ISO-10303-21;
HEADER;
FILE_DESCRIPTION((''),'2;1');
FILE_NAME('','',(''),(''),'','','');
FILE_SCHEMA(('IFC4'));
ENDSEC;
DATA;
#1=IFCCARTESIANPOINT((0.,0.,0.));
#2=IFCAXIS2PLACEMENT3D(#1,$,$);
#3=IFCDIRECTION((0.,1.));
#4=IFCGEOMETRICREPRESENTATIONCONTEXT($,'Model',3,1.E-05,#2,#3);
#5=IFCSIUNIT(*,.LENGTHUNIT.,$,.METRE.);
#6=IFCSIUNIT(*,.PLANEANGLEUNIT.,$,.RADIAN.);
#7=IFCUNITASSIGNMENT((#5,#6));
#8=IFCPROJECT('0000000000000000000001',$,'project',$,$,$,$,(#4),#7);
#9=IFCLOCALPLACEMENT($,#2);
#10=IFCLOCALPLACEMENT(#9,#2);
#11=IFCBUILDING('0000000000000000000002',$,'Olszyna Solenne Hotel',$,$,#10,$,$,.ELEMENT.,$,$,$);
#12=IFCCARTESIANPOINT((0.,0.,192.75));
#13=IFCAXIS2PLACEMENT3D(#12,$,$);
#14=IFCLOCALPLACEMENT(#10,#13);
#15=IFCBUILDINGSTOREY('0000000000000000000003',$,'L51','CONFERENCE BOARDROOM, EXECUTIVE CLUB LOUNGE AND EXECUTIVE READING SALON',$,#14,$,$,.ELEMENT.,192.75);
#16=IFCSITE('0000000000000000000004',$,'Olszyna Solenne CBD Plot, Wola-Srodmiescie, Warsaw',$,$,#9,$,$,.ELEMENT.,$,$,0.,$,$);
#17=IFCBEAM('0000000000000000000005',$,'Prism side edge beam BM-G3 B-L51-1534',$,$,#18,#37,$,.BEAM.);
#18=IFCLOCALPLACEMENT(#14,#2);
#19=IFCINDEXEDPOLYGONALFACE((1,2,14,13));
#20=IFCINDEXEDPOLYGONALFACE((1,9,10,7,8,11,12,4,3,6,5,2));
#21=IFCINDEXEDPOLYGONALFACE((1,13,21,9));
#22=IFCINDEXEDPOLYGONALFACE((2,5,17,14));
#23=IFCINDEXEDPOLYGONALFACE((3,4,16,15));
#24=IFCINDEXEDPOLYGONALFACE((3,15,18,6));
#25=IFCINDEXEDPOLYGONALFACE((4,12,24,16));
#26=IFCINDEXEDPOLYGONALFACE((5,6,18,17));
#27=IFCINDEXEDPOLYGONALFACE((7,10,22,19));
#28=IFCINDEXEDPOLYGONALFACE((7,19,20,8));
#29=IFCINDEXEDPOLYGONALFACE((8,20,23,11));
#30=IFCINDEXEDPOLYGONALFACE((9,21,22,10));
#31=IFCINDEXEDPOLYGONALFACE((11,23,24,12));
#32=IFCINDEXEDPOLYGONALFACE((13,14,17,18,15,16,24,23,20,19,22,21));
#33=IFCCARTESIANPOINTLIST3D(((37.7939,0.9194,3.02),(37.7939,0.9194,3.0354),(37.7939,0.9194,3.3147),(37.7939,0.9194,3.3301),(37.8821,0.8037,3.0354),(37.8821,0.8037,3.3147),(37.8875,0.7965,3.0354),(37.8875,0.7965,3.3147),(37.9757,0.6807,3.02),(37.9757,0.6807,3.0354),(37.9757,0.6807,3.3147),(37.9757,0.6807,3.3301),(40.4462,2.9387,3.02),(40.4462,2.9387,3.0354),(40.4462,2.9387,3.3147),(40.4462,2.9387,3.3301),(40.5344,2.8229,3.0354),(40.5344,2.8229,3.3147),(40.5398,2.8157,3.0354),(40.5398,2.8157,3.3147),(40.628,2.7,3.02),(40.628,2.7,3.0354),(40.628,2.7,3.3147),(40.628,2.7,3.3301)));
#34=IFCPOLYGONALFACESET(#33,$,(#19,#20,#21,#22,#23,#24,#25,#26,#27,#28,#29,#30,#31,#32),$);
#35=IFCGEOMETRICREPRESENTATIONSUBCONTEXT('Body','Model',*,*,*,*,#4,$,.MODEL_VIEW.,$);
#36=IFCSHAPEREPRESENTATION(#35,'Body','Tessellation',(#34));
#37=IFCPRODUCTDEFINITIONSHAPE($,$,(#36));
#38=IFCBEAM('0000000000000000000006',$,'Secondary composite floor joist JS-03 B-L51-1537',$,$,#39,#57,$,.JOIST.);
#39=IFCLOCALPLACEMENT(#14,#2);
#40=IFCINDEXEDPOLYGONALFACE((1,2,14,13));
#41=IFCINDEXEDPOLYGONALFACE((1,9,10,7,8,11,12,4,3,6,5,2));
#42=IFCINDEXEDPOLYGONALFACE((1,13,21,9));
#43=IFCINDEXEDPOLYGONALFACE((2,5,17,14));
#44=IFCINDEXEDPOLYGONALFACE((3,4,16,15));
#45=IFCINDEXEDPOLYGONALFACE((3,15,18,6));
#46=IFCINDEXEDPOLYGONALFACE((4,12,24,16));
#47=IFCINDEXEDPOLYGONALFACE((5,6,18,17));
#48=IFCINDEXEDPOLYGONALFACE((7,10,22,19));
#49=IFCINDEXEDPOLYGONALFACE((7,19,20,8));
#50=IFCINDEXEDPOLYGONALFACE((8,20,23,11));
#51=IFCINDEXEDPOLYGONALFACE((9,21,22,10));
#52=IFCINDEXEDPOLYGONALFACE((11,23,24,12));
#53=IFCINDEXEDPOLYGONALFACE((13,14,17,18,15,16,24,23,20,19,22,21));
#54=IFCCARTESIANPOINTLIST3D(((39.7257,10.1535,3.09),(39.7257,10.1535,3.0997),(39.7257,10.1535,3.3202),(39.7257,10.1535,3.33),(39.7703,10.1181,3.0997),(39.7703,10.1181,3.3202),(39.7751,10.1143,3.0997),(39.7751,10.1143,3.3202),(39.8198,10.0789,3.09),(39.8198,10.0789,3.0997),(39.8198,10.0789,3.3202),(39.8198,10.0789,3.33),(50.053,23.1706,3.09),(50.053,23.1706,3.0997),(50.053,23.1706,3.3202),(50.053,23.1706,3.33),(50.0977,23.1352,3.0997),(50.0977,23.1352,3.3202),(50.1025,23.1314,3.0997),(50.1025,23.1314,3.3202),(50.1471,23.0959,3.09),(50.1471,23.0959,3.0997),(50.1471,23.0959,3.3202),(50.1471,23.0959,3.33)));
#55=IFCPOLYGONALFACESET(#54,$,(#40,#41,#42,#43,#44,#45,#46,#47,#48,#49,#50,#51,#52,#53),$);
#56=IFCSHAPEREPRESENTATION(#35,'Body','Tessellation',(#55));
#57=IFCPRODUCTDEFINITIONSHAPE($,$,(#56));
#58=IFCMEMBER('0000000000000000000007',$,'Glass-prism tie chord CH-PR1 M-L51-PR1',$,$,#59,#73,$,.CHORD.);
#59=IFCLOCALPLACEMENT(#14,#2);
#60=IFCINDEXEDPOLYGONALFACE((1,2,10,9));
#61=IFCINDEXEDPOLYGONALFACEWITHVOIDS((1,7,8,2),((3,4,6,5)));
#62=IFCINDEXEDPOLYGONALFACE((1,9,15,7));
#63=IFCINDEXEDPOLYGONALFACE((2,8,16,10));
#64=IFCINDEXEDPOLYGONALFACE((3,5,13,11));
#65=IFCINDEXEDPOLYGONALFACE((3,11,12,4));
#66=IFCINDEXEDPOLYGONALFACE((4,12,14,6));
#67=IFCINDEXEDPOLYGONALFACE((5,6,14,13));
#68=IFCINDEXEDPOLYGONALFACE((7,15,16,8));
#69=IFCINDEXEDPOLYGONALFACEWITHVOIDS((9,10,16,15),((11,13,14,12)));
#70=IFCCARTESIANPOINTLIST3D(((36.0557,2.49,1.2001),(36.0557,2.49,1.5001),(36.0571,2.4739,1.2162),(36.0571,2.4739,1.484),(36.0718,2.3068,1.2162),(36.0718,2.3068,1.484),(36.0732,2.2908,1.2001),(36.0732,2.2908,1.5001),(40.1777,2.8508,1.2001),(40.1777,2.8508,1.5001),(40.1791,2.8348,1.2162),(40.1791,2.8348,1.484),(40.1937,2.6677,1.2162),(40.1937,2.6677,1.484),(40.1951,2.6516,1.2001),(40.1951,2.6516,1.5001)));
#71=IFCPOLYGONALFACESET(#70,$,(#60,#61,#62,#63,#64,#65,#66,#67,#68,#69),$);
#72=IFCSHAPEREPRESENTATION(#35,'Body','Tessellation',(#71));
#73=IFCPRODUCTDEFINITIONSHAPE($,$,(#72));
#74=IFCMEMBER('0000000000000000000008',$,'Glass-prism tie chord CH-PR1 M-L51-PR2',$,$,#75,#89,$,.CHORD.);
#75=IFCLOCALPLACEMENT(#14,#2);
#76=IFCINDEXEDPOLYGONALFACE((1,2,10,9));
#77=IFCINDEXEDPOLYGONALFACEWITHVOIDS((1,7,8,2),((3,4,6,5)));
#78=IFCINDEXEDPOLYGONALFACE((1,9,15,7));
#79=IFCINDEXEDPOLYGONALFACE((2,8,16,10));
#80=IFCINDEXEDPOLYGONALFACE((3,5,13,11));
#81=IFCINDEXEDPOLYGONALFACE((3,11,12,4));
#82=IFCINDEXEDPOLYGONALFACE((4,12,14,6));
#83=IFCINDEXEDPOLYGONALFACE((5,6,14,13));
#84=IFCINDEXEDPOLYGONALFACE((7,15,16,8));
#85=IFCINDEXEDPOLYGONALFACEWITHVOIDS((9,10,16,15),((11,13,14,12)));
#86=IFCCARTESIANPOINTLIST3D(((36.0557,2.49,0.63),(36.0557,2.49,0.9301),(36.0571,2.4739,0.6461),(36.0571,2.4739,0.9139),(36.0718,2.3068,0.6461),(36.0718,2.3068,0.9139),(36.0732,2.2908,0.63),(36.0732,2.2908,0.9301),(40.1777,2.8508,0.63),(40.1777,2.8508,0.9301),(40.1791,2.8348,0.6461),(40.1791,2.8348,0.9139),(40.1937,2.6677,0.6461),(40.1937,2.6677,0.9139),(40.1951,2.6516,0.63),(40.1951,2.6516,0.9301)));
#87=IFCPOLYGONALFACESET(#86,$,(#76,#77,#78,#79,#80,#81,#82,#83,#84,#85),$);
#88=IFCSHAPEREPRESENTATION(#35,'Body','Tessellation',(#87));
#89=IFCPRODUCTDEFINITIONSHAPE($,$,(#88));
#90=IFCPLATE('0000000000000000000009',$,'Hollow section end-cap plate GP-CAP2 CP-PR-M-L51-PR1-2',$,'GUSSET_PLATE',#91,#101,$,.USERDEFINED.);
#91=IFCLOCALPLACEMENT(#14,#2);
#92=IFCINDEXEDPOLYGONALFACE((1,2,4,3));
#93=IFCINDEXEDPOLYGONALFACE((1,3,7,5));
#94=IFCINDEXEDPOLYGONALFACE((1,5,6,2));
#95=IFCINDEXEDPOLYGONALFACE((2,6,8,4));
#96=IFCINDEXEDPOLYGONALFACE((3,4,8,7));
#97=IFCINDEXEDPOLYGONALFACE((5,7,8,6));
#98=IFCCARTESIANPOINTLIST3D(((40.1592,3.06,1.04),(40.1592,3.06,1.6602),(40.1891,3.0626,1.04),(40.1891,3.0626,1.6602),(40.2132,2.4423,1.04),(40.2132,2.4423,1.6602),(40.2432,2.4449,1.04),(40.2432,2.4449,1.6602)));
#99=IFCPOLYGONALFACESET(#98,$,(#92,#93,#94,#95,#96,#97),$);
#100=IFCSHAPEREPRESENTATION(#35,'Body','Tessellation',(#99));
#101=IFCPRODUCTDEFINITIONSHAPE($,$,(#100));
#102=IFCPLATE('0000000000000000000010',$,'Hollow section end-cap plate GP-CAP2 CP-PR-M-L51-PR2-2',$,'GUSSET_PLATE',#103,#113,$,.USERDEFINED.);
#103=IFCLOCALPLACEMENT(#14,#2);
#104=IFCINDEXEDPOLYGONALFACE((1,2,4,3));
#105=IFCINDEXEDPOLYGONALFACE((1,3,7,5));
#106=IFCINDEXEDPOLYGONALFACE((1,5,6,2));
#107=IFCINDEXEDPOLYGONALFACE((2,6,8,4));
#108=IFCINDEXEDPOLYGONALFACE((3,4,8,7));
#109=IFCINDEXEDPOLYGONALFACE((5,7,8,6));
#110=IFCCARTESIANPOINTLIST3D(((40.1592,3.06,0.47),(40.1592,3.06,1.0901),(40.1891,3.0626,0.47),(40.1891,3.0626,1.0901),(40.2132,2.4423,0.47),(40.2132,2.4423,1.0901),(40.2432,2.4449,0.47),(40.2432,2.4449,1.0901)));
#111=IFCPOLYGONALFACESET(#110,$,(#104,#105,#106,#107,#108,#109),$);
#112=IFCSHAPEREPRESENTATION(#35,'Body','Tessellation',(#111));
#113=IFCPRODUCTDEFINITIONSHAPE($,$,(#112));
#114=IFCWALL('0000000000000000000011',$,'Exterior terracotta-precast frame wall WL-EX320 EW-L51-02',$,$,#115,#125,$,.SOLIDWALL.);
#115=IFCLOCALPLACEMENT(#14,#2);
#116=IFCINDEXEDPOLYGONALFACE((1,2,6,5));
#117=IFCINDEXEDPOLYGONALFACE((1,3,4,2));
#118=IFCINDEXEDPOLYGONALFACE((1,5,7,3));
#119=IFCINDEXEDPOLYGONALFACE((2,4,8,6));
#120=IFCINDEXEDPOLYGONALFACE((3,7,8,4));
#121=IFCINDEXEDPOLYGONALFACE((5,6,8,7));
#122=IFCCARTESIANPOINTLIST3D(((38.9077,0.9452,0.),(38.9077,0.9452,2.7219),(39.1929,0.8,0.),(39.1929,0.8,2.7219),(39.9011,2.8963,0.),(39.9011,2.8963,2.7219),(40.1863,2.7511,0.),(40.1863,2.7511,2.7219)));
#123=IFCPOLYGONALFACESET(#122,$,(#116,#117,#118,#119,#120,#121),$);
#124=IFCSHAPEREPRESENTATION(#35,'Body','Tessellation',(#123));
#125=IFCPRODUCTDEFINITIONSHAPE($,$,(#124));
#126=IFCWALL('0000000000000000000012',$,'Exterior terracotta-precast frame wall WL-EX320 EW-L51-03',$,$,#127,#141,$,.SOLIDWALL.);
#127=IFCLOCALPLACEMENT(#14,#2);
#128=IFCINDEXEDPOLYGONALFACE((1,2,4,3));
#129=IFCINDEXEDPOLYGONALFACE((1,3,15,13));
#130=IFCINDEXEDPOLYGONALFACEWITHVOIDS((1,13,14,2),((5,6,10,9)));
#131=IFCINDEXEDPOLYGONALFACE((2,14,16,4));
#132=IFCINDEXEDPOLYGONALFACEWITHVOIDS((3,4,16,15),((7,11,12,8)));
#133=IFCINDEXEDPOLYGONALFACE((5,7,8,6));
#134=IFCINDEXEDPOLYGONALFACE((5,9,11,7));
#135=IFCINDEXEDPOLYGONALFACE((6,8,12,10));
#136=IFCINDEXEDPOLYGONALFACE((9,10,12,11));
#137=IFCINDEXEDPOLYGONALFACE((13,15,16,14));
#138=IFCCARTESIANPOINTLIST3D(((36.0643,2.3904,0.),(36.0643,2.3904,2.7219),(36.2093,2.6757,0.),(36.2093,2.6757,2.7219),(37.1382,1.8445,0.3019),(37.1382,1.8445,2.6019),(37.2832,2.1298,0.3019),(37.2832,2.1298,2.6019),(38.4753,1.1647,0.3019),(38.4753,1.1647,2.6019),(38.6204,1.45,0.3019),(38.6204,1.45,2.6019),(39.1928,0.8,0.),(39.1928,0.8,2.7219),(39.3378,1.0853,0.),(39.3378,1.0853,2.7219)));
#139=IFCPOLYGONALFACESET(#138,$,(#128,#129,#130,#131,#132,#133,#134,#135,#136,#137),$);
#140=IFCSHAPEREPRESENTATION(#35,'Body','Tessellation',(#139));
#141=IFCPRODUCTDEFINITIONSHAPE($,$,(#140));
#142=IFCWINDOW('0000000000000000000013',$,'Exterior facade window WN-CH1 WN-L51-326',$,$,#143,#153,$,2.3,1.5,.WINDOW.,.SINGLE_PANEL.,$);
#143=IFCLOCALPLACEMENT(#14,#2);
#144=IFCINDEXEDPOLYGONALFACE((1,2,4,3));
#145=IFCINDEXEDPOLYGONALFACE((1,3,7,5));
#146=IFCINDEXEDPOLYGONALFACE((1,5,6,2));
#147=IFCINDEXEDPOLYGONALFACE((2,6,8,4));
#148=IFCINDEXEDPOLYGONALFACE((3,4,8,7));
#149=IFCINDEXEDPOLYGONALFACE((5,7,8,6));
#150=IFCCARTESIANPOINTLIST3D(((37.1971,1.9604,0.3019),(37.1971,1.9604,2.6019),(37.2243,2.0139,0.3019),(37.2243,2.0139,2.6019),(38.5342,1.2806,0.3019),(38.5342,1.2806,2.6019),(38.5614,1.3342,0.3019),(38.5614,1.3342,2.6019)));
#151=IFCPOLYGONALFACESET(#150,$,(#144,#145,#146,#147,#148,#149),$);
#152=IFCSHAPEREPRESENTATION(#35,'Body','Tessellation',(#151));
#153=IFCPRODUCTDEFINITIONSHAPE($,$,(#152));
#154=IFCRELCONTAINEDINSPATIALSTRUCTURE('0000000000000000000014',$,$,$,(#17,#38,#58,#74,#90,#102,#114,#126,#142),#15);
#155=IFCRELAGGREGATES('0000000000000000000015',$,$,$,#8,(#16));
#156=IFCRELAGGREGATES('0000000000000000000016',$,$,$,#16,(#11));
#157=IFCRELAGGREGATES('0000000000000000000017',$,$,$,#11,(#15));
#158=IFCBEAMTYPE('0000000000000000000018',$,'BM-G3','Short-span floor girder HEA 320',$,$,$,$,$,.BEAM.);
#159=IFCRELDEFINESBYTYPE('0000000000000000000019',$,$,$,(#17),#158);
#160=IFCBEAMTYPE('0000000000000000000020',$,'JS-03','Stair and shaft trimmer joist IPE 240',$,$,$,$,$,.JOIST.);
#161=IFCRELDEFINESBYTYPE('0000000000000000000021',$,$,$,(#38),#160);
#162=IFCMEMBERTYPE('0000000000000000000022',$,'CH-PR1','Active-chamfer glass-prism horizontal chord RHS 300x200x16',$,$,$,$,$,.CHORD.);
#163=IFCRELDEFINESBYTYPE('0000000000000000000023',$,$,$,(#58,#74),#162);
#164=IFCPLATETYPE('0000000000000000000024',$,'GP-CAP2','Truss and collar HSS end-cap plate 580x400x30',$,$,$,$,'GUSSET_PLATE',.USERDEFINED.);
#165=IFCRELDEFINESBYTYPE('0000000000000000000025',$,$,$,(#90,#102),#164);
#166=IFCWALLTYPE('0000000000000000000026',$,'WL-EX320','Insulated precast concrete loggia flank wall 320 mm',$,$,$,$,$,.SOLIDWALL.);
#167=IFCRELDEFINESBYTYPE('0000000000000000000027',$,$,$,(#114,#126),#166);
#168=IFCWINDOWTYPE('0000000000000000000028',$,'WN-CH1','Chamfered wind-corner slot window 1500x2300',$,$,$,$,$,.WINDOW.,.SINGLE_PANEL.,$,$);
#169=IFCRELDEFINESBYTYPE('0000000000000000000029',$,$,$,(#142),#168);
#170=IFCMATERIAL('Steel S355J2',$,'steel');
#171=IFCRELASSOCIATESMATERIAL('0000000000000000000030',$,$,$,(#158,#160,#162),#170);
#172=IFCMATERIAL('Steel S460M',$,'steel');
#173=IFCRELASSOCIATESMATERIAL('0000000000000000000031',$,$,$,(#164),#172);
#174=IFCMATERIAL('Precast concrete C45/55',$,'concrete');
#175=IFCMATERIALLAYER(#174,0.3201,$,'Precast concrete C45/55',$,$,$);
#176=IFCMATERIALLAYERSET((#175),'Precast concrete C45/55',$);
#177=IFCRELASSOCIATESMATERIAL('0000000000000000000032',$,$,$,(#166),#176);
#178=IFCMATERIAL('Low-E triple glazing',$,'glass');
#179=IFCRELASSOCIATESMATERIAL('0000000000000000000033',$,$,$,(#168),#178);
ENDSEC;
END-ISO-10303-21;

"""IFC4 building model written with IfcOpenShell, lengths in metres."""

from ifc_helpers import new_model, si_unit, direction, frame, frame_2d, origin, origin_2d, place, context, subcontext, project, spatial, rectangle, hollow_rectangle, i_section, extrude, source, transform, mapped, material, layer, layer_set, material_profile, profile_set, type_object, type_shapes, element, fill, save


model = new_model("IFC4")

# Units and contexts
model_context = context("Model", 3, precision=1e-05, world=origin(), true_north=direction((0.0, 1.0)))
body_context = subcontext(model_context, "Body", "Model", "MODEL_VIEW")
ifc_project = project(units=[si_unit("LENGTHUNIT", "METRE"), si_unit("PLANEANGLEUNIT", "RADIAN")], contexts=[model_context])

# Site, building, storey
site_placement = place(None, origin())
site = spatial("IfcSite", under=ifc_project, at=site_placement, Name="Olszyna Solenne CBD Plot, Wola-Srodmiescie, Warsaw", CompositionType="ELEMENT", RefElevation=0.0)
building_placement = place(site_placement, origin())
building = spatial("IfcBuilding", under=site, at=building_placement, Name="Olszyna Solenne Hotel", CompositionType="ELEMENT")
storey_placement = place(building_placement, frame((0.0, 0.0, 192.75)))
storey = spatial("IfcBuildingStorey", under=building, at=storey_placement, Name="L51", Description="CONFERENCE BOARDROOM, EXECUTIVE CLUB LOUNGE AND EXECUTIVE READING SALON", CompositionType="ELEMENT", Elevation=192.75)

# Shared definitions
ifc_material_1 = material(Name="Steel S460M", Category="steel")

# Beams
ifc_material_2 = material(Name="Steel S355J2", Category="steel")
ifc_material_profile_1 = material_profile(ifc_material_2, i_section(OverallWidth=0.3, OverallDepth=0.3101, WebThickness=0.009, FlangeThickness=0.0154, at=origin_2d()), Name="HEA 320", Category="load-bearing")
ifc_profile_set_1 = profile_set([ifc_material_profile_1], Name="Steel S355J2")
beam_type_1 = type_object("IfcBeamType", Name="BM-G3", Description="Short-span floor girder HEA 320", PredefinedType="BEAM", material=ifc_profile_set_1)
shared_shape_1 = source(origin(), body_context, "Body", "SweptSolid", [
    extrude(i_section(OverallWidth=0.3, OverallDepth=0.3101, WebThickness=0.009, FlangeThickness=0.0154, at=origin_2d()), origin(), (0.0, 0.0, 1.0), 3.3335),
])
beam_1_placement = place(storey_placement, frame((40.5371, 2.8193, 3.175), z_axis=(-0.795655, -0.60575, 0.0), x_axis=(0.60575, -0.795655, 0.0)))
element("IfcBeam", 1, at=beam_1_placement, inside=storey, type_object=beam_type_1, Name="Prism side edge beam BM-G3 B-L51-1534", PredefinedType="BEAM", context=body_context, shape_type="MappedRepresentation", body=[
    mapped(shared_shape_1, transform((0.0, 0.0, 0.0), x_axis=(1.0, 0.0, 0.0), y_axis=(0.0, 1.0, 0.0), z_axis=(0.0, 0.0, 1.0), scale=1.0)),
])
ifc_material_profile_2 = material_profile(ifc_material_2, i_section(OverallWidth=0.1201, OverallDepth=0.24, WebThickness=0.0061, FlangeThickness=0.0098, at=origin_2d()), Name="IPE 240", Category="load-bearing")
ifc_profile_set_2 = profile_set([ifc_material_profile_2], Name="Steel S355J2")
beam_type_2 = type_object("IfcBeamType", Name="JS-03", Description="Stair and shaft trimmer joist IPE 240", PredefinedType="JOIST", material=ifc_profile_set_2)
shared_shape_2 = source(origin(), body_context, "Body", "SweptSolid", [
    extrude(i_section(OverallWidth=0.1201, OverallDepth=0.24, WebThickness=0.0061, FlangeThickness=0.0098, at=origin_2d()), origin(), (0.0, 0.0, 1.0), 16.6162),
])
beam_2_placement = place(storey_placement, frame((39.7727, 10.1162, 3.21), z_axis=(0.621524, 0.783395, 0.0), x_axis=(-0.783395, 0.621524, 0.0)))
element("IfcBeam", 2, at=beam_2_placement, inside=storey, type_object=beam_type_2, Name="Secondary composite floor joist JS-03 B-L51-1537", PredefinedType="JOIST", context=body_context, shape_type="MappedRepresentation", body=[
    mapped(shared_shape_2, transform((0.0, 0.0, 0.0), x_axis=(1.0, 0.0, 0.0), y_axis=(0.0, 1.0, 0.0), z_axis=(0.0, 0.0, 1.0), scale=1.0)),
])

# Members
ifc_material_profile_3 = material_profile(ifc_material_2, hollow_rectangle(XDim=0.2, YDim=0.3, WallThickness=0.0161, at=origin_2d()), Name="RHS 300x200x16", Category="load-bearing")
ifc_profile_set_3 = profile_set([ifc_material_profile_3], Name="Steel S355J2")
member_type = type_object("IfcMemberType", Name="CH-PR1", Description="Active-chamfer glass-prism horizontal chord RHS 300x200x16", PredefinedType="CHORD", material=ifc_profile_set_3)
shared_shape_3 = source(origin(), body_context, "Body", "SweptSolid", [
    extrude(hollow_rectangle(XDim=0.2, YDim=0.3, WallThickness=0.0161, at=origin_2d()), origin(), (0.0, 0.0, 1.0), 4.1377),
])
for number, where, z_axis, x_axis, name in (
    (3, (36.0645, 2.3904, 1.3501), (0.99619, 0.08721, 0.0), (-0.08721, 0.99619, 0.0), "Glass-prism tie chord CH-PR1 M-L51-PR1"),
    (4, (36.0645, 2.3904, 0.78), (0.99619, 0.08721, 0.0), (-0.08721, 0.99619, 0.0), "Glass-prism tie chord CH-PR1 M-L51-PR2"),
):
    element("IfcMember", number, at=place(storey_placement, frame(where, z_axis=z_axis, x_axis=x_axis)), inside=storey, type_object=member_type, Name=name, PredefinedType="CHORD", context=body_context, shape_type="MappedRepresentation", body=[
        mapped(shared_shape_3, transform((0.0, 0.0, 0.0), x_axis=(1.0, 0.0, 0.0), y_axis=(0.0, 1.0, 0.0), z_axis=(0.0, 0.0, 1.0), scale=1.0)),
    ])

# Plates
plate_type = type_object("IfcPlateType", Name="GP-CAP2", Description="Truss and collar HSS end-cap plate 580x400x30", ElementType="GUSSET_PLATE", PredefinedType="USERDEFINED", material=ifc_material_1)
shared_shape_4 = source(origin(), body_context, "Body", "SweptSolid", [
    extrude(rectangle(XDim=0.03, YDim=0.6201, at=origin_2d()), origin(), (0.0, 0.0, 1.0), 0.6201),
])
for number, where, z_axis, x_axis, name in (
    (5, (40.2012, 2.7524, 1.04), (0.0, 0.0, 1.0), (0.996195, 0.087156, 0.0), "Hollow section end-cap plate GP-CAP2 CP-PR-M-L51-PR1-2"),
    (6, (40.2012, 2.7524, 0.47), (0.0, 0.0, 1.0), (0.996195, 0.087156, 0.0), "Hollow section end-cap plate GP-CAP2 CP-PR-M-L51-PR2-2"),
):
    element("IfcPlate", number, at=place(storey_placement, frame(where, z_axis=z_axis, x_axis=x_axis)), inside=storey, type_object=plate_type, Name=name, ObjectType="GUSSET_PLATE", PredefinedType="USERDEFINED", context=body_context, shape_type="MappedRepresentation", body=[
        mapped(shared_shape_4, transform((0.0, 0.0, 0.0), x_axis=(1.0, 0.0, 0.0), y_axis=(0.0, 1.0, 0.0), z_axis=(0.0, 0.0, 1.0), scale=1.0)),
    ])

# Wall
ifc_material_3 = material(Name="Precast concrete C45/55", Category="concrete")
ifc_layer_1 = layer(ifc_material_3, 0.3201, Name="Precast concrete C45/55")
ifc_layer_set_1 = layer_set([ifc_layer_1], Name="Precast concrete C45/55")
wall_type_1 = type_object("IfcWallType", Name="WL-EX320", Description="Insulated precast concrete loggia flank wall 320 mm", PredefinedType="SOLIDWALL", material=ifc_layer_set_1)
wall_1_placement = place(storey_placement, frame((40.0437, 2.8237, 0.0), z_axis=(0.0, 0.0, 1.0), x_axis=(-0.453714, -0.891148, 0.0)))
element("IfcWall", 7, at=wall_1_placement, inside=storey, type_object=wall_type_1, Name="Exterior terracotta-precast frame wall WL-EX320 EW-L51-02", PredefinedType="SOLIDWALL", context=body_context, shape_type="SweptSolid", body=[
    extrude(rectangle(XDim=2.1895, YDim=0.3201, at=frame_2d((1.0947, 0.0))), origin(), (0.0, 0.0, 1.0), 2.7219),
])

# Wall, opening, window
wall_2_placement = place(storey_placement, frame((39.2654, 0.9426, 0.0), z_axis=(0.0, 0.0, 1.0), x_axis=(-0.89143, 0.453159, 0.0)))
wall_2 = element("IfcWall", 8, at=wall_2_placement, inside=storey, type_object=wall_type_1, Name="Exterior terracotta-precast frame wall WL-EX320 EW-L51-03", PredefinedType="SOLIDWALL", context=body_context, shape_type="SweptSolid", body=[
    extrude(rectangle(XDim=3.5095, YDim=0.3201, at=frame_2d((1.7549, 0.0))), origin(), (0.0, 0.0, 1.0), 2.7219),
])
opening_1_placement = place(wall_2_placement, frame((0.8049, 0.0, 0.302)))
opening_1 = element("IfcOpeningElement", 9, at=opening_1_placement, cuts=wall_2, PredefinedType="OPENING", context=body_context, shape_type="SweptSolid", body=[
    extrude(rectangle(XDim=1.5, YDim=2.3, at=frame_2d((0.75, 1.1499))), frame((0.0, 0.1699, 0.0), z_axis=(0.0, -1.0, 0.0), x_axis=(1.0, 0.0, 0.0)), (0.0, 0.0, 1.0), 0.3401),
])
ifc_material_4 = material(Name="Low-E triple glazing", Category="glass")
window_type = type_object("IfcWindowType", Name="WN-CH1", Description="Chamfered wind-corner slot window 1500x2300", PartitioningType="SINGLE_PANEL", PredefinedType="WINDOW", material=ifc_material_4)
shared_shape_5 = source(origin(), body_context, "Body", "SweptSolid", [
    extrude(rectangle(XDim=1.5, YDim=2.3, at=frame_2d((0.75, 1.1499))), frame((0.0, 0.03, 0.0), z_axis=(0.0, -1.0, 0.0), x_axis=(1.0, 0.0, 0.0)), (0.0, 0.0, 1.0), 0.0601),
])
type_shapes(window_type, [shared_shape_5])
window_placement = place(opening_1_placement, origin())
window = element("IfcWindow", 10, at=window_placement, inside=storey, type_object=window_type, Name="Exterior facade window WN-CH1 WN-L51-326", OverallHeight=2.3, OverallWidth=1.5, PartitioningType="SINGLE_PANEL", PredefinedType="WINDOW", context=body_context, shape_type="MappedRepresentation", body=[
    mapped(shared_shape_5, transform((0.0, 0.0, 0.0), x_axis=(1.0, 0.0, 0.0), y_axis=(0.0, 1.0, 0.0), z_axis=(0.0, 0.0, 1.0), scale=1.0)),
])
fill(opening_1, window)

save(model, "model.ifc")
